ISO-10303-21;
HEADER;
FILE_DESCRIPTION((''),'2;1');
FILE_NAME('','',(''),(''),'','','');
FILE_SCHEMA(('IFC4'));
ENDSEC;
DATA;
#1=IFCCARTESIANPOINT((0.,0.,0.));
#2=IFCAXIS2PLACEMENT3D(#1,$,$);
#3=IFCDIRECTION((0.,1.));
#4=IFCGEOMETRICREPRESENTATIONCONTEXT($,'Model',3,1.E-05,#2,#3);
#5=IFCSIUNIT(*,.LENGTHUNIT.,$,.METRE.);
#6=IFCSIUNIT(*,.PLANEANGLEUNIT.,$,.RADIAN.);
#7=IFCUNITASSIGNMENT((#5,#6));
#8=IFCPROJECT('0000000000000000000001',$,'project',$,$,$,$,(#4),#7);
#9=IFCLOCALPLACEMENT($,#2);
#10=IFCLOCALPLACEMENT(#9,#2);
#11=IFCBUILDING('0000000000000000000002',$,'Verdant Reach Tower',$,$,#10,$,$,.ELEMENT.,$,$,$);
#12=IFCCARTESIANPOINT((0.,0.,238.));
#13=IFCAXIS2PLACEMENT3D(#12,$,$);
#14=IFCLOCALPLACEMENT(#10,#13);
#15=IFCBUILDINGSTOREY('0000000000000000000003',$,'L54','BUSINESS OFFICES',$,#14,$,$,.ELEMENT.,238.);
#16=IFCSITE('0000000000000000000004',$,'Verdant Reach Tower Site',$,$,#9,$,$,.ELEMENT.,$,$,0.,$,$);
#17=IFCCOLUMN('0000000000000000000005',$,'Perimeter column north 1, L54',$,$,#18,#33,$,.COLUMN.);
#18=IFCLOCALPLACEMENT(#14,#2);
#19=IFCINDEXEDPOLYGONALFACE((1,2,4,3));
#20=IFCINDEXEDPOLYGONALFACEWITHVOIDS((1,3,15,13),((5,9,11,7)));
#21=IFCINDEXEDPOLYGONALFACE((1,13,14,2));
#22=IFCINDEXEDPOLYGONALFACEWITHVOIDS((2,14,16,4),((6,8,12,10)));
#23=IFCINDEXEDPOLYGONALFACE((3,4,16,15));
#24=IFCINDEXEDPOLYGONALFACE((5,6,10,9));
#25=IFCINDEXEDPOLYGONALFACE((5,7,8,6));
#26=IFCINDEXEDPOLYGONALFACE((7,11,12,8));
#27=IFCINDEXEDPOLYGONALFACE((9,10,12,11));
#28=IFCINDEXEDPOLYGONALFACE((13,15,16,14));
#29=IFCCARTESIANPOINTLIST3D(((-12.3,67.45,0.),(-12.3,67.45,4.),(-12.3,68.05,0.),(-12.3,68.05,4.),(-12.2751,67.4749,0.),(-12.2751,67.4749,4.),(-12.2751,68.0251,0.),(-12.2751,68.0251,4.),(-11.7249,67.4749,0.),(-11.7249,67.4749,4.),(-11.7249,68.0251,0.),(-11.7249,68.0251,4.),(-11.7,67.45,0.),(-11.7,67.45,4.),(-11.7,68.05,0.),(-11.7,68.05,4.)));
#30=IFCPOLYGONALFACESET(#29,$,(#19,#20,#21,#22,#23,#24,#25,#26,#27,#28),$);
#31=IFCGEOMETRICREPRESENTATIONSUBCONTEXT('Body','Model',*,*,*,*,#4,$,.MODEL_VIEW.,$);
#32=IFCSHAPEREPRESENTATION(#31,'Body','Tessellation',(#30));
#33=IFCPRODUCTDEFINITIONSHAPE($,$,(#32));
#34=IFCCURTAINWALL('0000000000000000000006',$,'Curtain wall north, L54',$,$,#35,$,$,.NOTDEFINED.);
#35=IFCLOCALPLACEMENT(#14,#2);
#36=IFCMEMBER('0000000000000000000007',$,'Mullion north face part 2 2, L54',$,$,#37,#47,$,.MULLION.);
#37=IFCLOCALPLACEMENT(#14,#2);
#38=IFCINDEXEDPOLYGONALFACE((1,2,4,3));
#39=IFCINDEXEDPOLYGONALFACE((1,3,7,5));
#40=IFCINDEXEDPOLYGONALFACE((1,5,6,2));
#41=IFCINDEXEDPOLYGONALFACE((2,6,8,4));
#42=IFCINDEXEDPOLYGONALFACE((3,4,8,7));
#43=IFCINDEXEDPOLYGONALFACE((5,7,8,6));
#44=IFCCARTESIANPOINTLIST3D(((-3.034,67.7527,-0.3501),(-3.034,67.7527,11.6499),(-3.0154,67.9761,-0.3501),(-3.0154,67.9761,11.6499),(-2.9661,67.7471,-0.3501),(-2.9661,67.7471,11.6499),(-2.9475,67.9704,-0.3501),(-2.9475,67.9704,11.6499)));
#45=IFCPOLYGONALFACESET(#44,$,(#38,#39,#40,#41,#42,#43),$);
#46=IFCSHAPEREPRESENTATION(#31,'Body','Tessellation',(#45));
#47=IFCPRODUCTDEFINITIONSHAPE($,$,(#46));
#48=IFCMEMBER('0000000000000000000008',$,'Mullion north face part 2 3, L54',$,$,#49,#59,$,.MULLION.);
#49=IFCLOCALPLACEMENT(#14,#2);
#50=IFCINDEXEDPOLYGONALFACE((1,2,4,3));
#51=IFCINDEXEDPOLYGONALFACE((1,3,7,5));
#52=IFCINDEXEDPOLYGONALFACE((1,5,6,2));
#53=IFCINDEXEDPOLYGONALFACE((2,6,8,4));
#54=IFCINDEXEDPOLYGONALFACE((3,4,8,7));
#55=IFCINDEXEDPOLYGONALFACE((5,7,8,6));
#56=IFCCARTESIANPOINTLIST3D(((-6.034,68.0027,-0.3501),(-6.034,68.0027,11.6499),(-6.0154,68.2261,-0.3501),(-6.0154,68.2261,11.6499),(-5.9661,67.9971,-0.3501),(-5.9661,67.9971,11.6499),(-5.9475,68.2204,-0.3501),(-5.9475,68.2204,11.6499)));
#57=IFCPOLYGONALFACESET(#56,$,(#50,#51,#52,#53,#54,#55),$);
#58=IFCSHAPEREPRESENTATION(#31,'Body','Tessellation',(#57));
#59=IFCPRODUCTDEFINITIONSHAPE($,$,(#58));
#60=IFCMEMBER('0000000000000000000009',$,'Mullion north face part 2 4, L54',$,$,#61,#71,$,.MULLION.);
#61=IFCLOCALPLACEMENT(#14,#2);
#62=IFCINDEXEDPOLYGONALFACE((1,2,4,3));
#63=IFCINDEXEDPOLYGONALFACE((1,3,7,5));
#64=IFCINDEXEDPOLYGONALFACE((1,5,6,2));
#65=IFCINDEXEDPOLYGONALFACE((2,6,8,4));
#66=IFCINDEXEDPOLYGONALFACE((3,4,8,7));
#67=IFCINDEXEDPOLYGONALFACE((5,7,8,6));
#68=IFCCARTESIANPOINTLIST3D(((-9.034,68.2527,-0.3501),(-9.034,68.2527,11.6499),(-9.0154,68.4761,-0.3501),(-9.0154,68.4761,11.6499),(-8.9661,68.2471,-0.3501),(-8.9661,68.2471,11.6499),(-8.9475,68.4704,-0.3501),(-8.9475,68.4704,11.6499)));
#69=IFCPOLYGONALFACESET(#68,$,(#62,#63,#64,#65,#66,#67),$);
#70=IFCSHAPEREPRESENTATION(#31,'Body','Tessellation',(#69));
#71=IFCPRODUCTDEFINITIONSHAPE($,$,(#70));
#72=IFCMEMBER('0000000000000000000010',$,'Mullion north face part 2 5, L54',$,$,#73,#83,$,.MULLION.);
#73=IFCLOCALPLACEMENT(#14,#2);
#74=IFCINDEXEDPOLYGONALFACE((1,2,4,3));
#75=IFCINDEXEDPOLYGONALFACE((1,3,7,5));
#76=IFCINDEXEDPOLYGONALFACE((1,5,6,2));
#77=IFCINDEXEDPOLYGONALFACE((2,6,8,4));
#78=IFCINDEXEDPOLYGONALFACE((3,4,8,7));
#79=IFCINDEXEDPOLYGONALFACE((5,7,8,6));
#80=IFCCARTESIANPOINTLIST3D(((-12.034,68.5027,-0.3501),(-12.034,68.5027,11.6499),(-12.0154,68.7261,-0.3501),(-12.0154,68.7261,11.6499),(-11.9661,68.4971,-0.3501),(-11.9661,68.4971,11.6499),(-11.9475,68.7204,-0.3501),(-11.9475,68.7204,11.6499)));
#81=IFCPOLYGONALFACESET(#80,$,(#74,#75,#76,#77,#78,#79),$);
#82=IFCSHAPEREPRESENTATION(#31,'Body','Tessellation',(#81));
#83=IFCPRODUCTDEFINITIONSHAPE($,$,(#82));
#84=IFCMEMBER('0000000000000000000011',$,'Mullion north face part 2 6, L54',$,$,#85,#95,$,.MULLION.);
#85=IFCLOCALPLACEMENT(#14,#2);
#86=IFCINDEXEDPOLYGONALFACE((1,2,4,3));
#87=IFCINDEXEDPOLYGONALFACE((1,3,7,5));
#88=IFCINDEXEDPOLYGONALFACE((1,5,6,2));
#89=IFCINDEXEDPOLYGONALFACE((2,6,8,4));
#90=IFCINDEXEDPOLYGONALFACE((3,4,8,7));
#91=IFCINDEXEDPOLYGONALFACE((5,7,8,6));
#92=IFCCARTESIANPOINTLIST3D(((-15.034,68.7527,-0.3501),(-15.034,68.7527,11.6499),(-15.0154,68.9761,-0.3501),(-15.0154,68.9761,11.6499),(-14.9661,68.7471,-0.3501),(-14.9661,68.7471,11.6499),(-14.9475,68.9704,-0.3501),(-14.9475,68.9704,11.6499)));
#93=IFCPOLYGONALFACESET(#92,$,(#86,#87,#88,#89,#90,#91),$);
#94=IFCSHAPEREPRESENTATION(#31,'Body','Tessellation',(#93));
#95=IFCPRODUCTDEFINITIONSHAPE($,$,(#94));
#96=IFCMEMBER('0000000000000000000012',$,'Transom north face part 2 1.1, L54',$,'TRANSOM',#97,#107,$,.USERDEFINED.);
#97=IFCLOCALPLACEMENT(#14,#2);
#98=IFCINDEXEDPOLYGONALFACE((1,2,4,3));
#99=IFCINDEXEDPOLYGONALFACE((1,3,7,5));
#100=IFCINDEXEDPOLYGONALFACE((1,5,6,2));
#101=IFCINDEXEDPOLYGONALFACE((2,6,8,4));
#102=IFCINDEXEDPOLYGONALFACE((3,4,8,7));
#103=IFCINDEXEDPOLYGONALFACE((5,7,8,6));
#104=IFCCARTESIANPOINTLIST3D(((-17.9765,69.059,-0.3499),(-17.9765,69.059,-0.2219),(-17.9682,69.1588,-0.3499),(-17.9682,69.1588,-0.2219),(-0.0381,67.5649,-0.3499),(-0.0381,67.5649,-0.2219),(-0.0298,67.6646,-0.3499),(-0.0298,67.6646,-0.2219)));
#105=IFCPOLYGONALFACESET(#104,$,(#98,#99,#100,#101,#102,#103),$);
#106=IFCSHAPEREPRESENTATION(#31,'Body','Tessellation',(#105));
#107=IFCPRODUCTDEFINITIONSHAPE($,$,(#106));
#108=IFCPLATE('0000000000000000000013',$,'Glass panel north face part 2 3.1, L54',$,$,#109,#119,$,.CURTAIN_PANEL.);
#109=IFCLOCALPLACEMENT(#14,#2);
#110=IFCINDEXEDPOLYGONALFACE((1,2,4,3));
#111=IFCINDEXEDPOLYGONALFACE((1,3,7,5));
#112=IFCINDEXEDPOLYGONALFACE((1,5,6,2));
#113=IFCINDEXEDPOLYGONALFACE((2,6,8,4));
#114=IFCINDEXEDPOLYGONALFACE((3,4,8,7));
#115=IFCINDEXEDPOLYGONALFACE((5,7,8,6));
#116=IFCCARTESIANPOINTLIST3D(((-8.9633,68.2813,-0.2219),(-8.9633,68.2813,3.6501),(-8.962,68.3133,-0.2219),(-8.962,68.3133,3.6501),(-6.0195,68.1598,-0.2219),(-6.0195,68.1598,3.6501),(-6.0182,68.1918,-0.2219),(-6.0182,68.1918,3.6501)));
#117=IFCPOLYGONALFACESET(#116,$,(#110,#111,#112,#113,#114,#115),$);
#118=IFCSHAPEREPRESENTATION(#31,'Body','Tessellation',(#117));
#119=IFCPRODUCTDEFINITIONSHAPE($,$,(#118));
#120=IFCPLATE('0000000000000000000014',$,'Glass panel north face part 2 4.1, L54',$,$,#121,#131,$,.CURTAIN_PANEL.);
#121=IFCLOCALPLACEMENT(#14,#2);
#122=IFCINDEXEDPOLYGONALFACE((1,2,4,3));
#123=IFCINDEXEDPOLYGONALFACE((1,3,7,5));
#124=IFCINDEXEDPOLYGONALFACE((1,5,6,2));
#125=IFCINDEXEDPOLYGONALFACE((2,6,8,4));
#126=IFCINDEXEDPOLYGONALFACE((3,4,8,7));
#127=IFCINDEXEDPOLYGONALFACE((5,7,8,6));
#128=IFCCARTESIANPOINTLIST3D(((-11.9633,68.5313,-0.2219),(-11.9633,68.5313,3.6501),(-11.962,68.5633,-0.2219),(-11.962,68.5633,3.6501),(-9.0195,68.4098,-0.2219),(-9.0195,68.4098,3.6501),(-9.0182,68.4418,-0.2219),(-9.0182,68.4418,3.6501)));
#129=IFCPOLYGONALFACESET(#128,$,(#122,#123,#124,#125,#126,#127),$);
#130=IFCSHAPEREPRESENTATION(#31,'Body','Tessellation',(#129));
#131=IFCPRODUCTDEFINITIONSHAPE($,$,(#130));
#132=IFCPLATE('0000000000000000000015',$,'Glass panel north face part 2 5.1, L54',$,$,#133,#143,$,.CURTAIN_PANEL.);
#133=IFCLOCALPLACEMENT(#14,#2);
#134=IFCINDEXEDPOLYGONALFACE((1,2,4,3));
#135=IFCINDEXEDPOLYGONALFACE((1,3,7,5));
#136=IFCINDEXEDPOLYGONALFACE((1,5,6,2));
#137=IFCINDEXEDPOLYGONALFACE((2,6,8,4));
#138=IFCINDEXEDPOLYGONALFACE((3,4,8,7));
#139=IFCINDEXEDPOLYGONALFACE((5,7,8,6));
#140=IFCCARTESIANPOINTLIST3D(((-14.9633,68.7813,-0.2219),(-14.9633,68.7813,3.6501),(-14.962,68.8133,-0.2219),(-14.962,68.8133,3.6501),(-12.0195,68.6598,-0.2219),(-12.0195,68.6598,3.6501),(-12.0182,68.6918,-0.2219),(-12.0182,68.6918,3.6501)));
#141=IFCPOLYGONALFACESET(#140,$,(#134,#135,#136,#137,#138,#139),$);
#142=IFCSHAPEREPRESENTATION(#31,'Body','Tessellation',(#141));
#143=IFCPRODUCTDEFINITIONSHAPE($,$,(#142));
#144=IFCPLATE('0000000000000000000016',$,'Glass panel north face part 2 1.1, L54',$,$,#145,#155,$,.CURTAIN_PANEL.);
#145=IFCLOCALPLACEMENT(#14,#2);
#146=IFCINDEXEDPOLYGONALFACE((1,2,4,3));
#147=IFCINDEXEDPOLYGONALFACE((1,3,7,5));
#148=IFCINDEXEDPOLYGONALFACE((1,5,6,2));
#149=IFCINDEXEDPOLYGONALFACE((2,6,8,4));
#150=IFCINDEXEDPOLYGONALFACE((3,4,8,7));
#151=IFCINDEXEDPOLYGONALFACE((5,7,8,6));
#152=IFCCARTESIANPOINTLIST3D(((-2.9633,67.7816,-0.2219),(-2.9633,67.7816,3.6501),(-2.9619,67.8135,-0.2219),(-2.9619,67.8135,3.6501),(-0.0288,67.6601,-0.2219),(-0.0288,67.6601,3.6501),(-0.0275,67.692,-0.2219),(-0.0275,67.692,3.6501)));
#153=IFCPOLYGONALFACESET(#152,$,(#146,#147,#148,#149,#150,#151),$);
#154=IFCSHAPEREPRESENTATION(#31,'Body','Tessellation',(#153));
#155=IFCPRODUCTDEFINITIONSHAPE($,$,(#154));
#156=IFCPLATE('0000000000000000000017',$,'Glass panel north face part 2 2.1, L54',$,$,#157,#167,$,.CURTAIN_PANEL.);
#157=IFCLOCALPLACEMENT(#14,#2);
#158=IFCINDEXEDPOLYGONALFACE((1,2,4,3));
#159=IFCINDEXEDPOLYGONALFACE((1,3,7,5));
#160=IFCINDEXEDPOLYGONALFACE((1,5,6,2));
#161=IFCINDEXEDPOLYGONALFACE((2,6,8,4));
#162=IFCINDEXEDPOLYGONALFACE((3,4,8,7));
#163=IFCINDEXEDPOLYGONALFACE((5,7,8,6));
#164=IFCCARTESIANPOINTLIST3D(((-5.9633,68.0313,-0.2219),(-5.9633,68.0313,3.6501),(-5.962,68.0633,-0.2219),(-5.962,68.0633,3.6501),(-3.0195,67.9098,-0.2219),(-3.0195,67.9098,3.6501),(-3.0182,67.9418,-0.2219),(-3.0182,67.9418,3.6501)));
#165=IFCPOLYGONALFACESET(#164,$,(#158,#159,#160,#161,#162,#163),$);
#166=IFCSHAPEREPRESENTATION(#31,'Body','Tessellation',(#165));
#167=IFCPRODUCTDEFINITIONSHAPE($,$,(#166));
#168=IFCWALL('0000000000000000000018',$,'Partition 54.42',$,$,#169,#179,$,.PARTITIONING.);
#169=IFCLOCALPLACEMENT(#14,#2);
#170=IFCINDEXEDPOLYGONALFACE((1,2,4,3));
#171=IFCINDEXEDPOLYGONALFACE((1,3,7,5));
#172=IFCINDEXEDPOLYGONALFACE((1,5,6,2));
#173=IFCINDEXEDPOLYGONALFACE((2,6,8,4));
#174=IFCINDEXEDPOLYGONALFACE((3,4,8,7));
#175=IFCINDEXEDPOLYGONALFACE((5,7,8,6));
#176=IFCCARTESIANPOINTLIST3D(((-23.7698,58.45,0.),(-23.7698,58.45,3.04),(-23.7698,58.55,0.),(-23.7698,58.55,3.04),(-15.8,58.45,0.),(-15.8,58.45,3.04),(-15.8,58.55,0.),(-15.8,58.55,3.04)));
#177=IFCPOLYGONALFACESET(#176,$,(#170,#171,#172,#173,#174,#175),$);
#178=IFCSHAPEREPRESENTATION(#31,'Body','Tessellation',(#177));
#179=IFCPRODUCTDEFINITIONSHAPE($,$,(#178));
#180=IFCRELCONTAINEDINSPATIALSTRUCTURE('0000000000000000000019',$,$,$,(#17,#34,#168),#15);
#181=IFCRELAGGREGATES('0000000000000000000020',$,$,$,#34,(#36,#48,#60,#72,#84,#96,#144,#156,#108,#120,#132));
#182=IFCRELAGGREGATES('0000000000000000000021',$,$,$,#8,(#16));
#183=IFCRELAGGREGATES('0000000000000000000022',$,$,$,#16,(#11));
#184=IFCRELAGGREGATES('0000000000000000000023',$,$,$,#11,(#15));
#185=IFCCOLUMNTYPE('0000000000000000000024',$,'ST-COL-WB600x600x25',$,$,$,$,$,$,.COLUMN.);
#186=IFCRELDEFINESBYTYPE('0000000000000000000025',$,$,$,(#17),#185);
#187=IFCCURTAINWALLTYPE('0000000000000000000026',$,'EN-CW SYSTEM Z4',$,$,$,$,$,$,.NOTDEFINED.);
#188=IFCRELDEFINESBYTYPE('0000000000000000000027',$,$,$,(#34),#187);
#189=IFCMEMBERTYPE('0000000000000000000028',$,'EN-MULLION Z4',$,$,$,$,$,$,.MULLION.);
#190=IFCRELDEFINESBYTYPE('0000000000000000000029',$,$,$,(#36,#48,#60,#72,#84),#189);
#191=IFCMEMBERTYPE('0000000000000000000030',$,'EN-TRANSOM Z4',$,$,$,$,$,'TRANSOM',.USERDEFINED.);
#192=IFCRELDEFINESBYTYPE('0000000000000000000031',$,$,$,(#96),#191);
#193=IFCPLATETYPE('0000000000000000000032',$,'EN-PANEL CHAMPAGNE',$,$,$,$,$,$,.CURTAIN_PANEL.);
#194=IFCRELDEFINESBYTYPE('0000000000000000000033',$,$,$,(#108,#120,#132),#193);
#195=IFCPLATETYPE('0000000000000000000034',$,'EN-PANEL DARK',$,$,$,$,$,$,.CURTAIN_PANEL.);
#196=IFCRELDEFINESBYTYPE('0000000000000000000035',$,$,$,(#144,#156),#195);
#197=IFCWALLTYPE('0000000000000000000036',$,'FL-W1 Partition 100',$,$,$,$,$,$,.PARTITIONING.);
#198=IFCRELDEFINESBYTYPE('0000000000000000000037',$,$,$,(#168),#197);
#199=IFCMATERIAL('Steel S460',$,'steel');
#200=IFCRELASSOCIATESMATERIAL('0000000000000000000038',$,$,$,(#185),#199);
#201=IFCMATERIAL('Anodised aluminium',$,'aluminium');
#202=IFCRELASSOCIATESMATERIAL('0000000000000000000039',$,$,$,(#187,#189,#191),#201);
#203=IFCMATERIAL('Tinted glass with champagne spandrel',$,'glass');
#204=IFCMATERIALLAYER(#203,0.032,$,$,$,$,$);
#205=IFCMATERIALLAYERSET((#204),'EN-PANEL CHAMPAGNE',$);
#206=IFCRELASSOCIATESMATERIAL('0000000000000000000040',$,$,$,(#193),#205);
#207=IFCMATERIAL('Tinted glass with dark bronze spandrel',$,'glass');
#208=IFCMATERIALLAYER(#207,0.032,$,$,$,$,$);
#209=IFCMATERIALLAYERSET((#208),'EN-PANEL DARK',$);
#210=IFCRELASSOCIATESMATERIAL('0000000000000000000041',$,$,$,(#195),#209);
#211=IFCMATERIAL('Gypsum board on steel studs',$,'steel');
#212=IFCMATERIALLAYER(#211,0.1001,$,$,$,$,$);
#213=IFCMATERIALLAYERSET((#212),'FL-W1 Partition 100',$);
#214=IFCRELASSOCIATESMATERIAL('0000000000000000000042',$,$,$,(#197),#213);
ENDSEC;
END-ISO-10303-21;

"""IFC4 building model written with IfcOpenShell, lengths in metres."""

from ifc_helpers import new_model, si_unit, direction, frame, frame_2d, origin, origin_2d, place, context, subcontext, project, spatial, rectangle, hollow_rectangle, extrude, material, layer, layer_set, material_profile, profile_set, type_object, element, aggregate, save


model = new_model("IFC4")

# Units and contexts
model_context = context("Model", 3, precision=1e-05, world=origin(), true_north=direction((0.0, 1.0)))
body_context = subcontext(model_context, "Body", "Model", "MODEL_VIEW")
ifc_project = project(units=[si_unit("LENGTHUNIT", "METRE"), si_unit("PLANEANGLEUNIT", "RADIAN")], contexts=[model_context])

# Site, building, storey
site_placement = place(None, origin())
site = spatial("IfcSite", under=ifc_project, at=site_placement, Name="Verdant Reach Tower Site", CompositionType="ELEMENT", RefElevation=0.0)
building_placement = place(site_placement, origin())
building = spatial("IfcBuilding", under=site, at=building_placement, Name="Verdant Reach Tower", CompositionType="ELEMENT")
storey_placement = place(building_placement, frame((0.0, 0.0, 238.0)))
storey = spatial("IfcBuildingStorey", under=building, at=storey_placement, Name="L54", Description="BUSINESS OFFICES", CompositionType="ELEMENT", Elevation=238.0)

# Column
ifc_material_1 = material(Name="Steel S460", Category="steel")
ifc_material_profile_1 = material_profile(ifc_material_1, hollow_rectangle(XDim=0.6001, YDim=0.6001, WallThickness=0.0249, at=origin_2d()), Name="WB 600x600x25")
ifc_profile_set_1 = profile_set([ifc_material_profile_1], Name="Steel S460")
column_type = type_object("IfcColumnType", Name="ST-COL-WB600x600x25", PredefinedType="COLUMN", material=ifc_profile_set_1)
column_placement = place(storey_placement, frame((-12.0, 67.75, 0.0), z_axis=(0.0, 0.0, 1.0), x_axis=(1.0, 0.0, 0.0)))
element("IfcColumn", 1, at=column_placement, inside=storey, type_object=column_type, Name="Perimeter column north 1, L54", PredefinedType="COLUMN", context=body_context, shape_type="SweptSolid", body=[
    extrude(hollow_rectangle(XDim=0.6001, YDim=0.6001, WallThickness=0.0249, at=origin_2d()), origin(), (0.0, 0.0, 1.0), 4.0),
])

# Curtain wall, members, plates
ifc_material_2 = material(Name="Anodised aluminium", Category="aluminium")
curtain_wall_type = type_object("IfcCurtainWallType", Name="EN-CW SYSTEM Z4", PredefinedType="NOTDEFINED", material=ifc_material_2)
curtain_wall_placement = place(storey_placement, origin())
curtain_wall = element("IfcCurtainWall", 2, at=curtain_wall_placement, inside=storey, type_object=curtain_wall_type, Name="Curtain wall north, L54", PredefinedType="NOTDEFINED")
ifc_material_profile_2 = material_profile(ifc_material_2, rectangle(XDim=0.2241, YDim=0.0681, at=origin_2d()), Name="Mullion 68x224")
ifc_profile_set_2 = profile_set([ifc_material_profile_2], Name="Anodised aluminium")
member_type_1 = type_object("IfcMemberType", Name="EN-MULLION Z4", PredefinedType="MULLION", material=ifc_profile_set_2)
member_1_placement = place(storey_placement, frame((-2.9907, 67.8616, -0.3501), z_axis=(0.0, 0.0, 1.0), x_axis=(0.083045, 0.996546, 0.0)))
member_1 = element("IfcMember", 3, at=member_1_placement, type_object=member_type_1, Name="Mullion north face part 2 2, L54", PredefinedType="MULLION", context=body_context, shape_type="SweptSolid", body=[
    extrude(rectangle(XDim=0.2241, YDim=0.0681, at=origin_2d()), origin(), (0.0, 0.0, 1.0), 12.0),
])
member_2_placement = place(storey_placement, frame((-5.9907, 68.1116, -0.3501), z_axis=(0.0, 0.0, 1.0), x_axis=(0.083045, 0.996546, 0.0)))
member_2 = element("IfcMember", 4, at=member_2_placement, type_object=member_type_1, Name="Mullion north face part 2 3, L54", PredefinedType="MULLION", context=body_context, shape_type="SweptSolid", body=[
    extrude(rectangle(XDim=0.2241, YDim=0.0681, at=origin_2d()), origin(), (0.0, 0.0, 1.0), 12.0),
])
member_3_placement = place(storey_placement, frame((-8.9907, 68.3616, -0.3501), z_axis=(0.0, 0.0, 1.0), x_axis=(0.083045, 0.996546, 0.0)))
member_3 = element("IfcMember", 5, at=member_3_placement, type_object=member_type_1, Name="Mullion north face part 2 4, L54", PredefinedType="MULLION", context=body_context, shape_type="SweptSolid", body=[
    extrude(rectangle(XDim=0.2241, YDim=0.0681, at=origin_2d()), origin(), (0.0, 0.0, 1.0), 12.0),
])
member_4_placement = place(storey_placement, frame((-11.9907, 68.6116, -0.3501), z_axis=(0.0, 0.0, 1.0), x_axis=(0.083045, 0.996546, 0.0)))
member_4 = element("IfcMember", 6, at=member_4_placement, type_object=member_type_1, Name="Mullion north face part 2 5, L54", PredefinedType="MULLION", context=body_context, shape_type="SweptSolid", body=[
    extrude(rectangle(XDim=0.2241, YDim=0.0681, at=origin_2d()), origin(), (0.0, 0.0, 1.0), 12.0),
])
member_5_placement = place(storey_placement, frame((-14.9907, 68.8616, -0.3501), z_axis=(0.0, 0.0, 1.0), x_axis=(0.083045, 0.996546, 0.0)))
member_5 = element("IfcMember", 7, at=member_5_placement, type_object=member_type_1, Name="Mullion north face part 2 6, L54", PredefinedType="MULLION", context=body_context, shape_type="SweptSolid", body=[
    extrude(rectangle(XDim=0.2241, YDim=0.0681, at=origin_2d()), origin(), (0.0, 0.0, 1.0), 12.0),
])
ifc_material_profile_3 = material_profile(ifc_material_2, rectangle(XDim=0.1001, YDim=0.1279, at=origin_2d()), Name="Transom 128x100")
ifc_profile_set_3 = profile_set([ifc_material_profile_3], Name="Anodised aluminium")
member_type_2 = type_object("IfcMemberType", Name="EN-TRANSOM Z4", ElementType="TRANSOM", PredefinedType="USERDEFINED", material=ifc_profile_set_3)
member_6_placement = place(storey_placement, frame((-0.0339, 67.6147, -0.2859), z_axis=(-0.996549, 0.083005, 0.0), x_axis=(-0.083005, -0.996549, 0.0)))
member_6 = element("IfcMember", 8, at=member_6_placement, type_object=member_type_2, Name="Transom north face part 2 1.1, L54", ObjectType="TRANSOM", PredefinedType="USERDEFINED", context=body_context, shape_type="SweptSolid", body=[
    extrude(rectangle(XDim=0.1001, YDim=0.1279, at=origin_2d()), origin(), (0.0, 0.0, 1.0), 18.0005),
])
ifc_material_3 = material(Name="Tinted glass with champagne spandrel", Category="glass")
ifc_layer_1 = layer(ifc_material_3, 0.032)
ifc_layer_set_1 = layer_set([ifc_layer_1], Name="EN-PANEL CHAMPAGNE")
plate_type_1 = type_object("IfcPlateType", Name="EN-PANEL CHAMPAGNE", PredefinedType="CURTAIN_PANEL", material=ifc_layer_set_1)
plate_1_placement = place(storey_placement, frame((-7.4907, 68.2366, -0.2219), z_axis=(0.0, 0.0, 1.0), x_axis=(-0.999149, 0.041242, 0.0)))
plate_1 = element("IfcPlate", 9, at=plate_1_placement, type_object=plate_type_1, Name="Glass panel north face part 2 3.1, L54", PredefinedType="CURTAIN_PANEL", context=body_context, shape_type="SweptSolid", body=[
    extrude(rectangle(XDim=2.9463, YDim=0.032, at=origin_2d()), origin(), (0.0, 0.0, 1.0), 3.8721),
])
plate_2_placement = place(storey_placement, frame((-10.4907, 68.4866, -0.2219), z_axis=(0.0, 0.0, 1.0), x_axis=(-0.999149, 0.041242, 0.0)))
plate_2 = element("IfcPlate", 10, at=plate_2_placement, type_object=plate_type_1, Name="Glass panel north face part 2 4.1, L54", PredefinedType="CURTAIN_PANEL", context=body_context, shape_type="SweptSolid", body=[
    extrude(rectangle(XDim=2.9463, YDim=0.032, at=origin_2d()), origin(), (0.0, 0.0, 1.0), 3.8721),
])
plate_3_placement = place(storey_placement, frame((-13.4907, 68.7366, -0.2219), z_axis=(0.0, 0.0, 1.0), x_axis=(-0.999149, 0.041242, 0.0)))
plate_3 = element("IfcPlate", 11, at=plate_3_placement, type_object=plate_type_1, Name="Glass panel north face part 2 5.1, L54", PredefinedType="CURTAIN_PANEL", context=body_context, shape_type="SweptSolid", body=[
    extrude(rectangle(XDim=2.9463, YDim=0.032, at=origin_2d()), origin(), (0.0, 0.0, 1.0), 3.8721),
])
ifc_material_4 = material(Name="Tinted glass with dark bronze spandrel", Category="glass")
ifc_layer_2 = layer(ifc_material_4, 0.032)
ifc_layer_set_2 = layer_set([ifc_layer_2], Name="EN-PANEL DARK")
plate_type_2 = type_object("IfcPlateType", Name="EN-PANEL DARK", PredefinedType="CURTAIN_PANEL", material=ifc_layer_set_2)
plate_4_placement = place(storey_placement, frame((-1.4954, 67.7368, -0.2219), z_axis=(0.0, 0.0, 1.0), x_axis=(-0.999144, 0.04137, 0.0)))
plate_4 = element("IfcPlate", 12, at=plate_4_placement, type_object=plate_type_2, Name="Glass panel north face part 2 1.1, L54", PredefinedType="CURTAIN_PANEL", context=body_context, shape_type="SweptSolid", body=[
    extrude(rectangle(XDim=2.937, YDim=0.032, at=origin_2d()), origin(), (0.0, 0.0, 1.0), 3.8721),
])
plate_5_placement = place(storey_placement, frame((-4.4907, 67.9866, -0.2219), z_axis=(0.0, 0.0, 1.0), x_axis=(-0.999149, 0.041242, 0.0)))
plate_5 = element("IfcPlate", 13, at=plate_5_placement, type_object=plate_type_2, Name="Glass panel north face part 2 2.1, L54", PredefinedType="CURTAIN_PANEL", context=body_context, shape_type="SweptSolid", body=[
    extrude(rectangle(XDim=2.9463, YDim=0.032, at=origin_2d()), origin(), (0.0, 0.0, 1.0), 3.8721),
])
aggregate(curtain_wall, [member_1, member_2, member_3, member_4, member_5, member_6, plate_4, plate_5, plate_1, plate_2, plate_3])

# Wall
ifc_material_5 = material(Name="Gypsum board on steel studs", Category="steel")
ifc_layer_3 = layer(ifc_material_5, 0.1001)
ifc_layer_set_3 = layer_set([ifc_layer_3], Name="FL-W1 Partition 100")
wall_type_1 = type_object("IfcWallType", Name="FL-W1 Partition 100", PredefinedType="PARTITIONING", material=ifc_layer_set_3)
wall_1_placement = place(storey_placement, frame((-15.8, 58.5, 0.0), z_axis=(0.0, 0.0, 1.0), x_axis=(-1.0, 0.0, 0.0)))
element("IfcWall", 14, at=wall_1_placement, inside=storey, type_object=wall_type_1, Name="Partition 54.42", PredefinedType="PARTITIONING", context=body_context, shape_type="SweptSolid", body=[
    extrude(rectangle(XDim=7.9697, YDim=0.1001, at=frame_2d((3.9849, 0.0))), origin(), (0.0, 0.0, 1.0), 3.04),
])

save(model, "model.ifc")
